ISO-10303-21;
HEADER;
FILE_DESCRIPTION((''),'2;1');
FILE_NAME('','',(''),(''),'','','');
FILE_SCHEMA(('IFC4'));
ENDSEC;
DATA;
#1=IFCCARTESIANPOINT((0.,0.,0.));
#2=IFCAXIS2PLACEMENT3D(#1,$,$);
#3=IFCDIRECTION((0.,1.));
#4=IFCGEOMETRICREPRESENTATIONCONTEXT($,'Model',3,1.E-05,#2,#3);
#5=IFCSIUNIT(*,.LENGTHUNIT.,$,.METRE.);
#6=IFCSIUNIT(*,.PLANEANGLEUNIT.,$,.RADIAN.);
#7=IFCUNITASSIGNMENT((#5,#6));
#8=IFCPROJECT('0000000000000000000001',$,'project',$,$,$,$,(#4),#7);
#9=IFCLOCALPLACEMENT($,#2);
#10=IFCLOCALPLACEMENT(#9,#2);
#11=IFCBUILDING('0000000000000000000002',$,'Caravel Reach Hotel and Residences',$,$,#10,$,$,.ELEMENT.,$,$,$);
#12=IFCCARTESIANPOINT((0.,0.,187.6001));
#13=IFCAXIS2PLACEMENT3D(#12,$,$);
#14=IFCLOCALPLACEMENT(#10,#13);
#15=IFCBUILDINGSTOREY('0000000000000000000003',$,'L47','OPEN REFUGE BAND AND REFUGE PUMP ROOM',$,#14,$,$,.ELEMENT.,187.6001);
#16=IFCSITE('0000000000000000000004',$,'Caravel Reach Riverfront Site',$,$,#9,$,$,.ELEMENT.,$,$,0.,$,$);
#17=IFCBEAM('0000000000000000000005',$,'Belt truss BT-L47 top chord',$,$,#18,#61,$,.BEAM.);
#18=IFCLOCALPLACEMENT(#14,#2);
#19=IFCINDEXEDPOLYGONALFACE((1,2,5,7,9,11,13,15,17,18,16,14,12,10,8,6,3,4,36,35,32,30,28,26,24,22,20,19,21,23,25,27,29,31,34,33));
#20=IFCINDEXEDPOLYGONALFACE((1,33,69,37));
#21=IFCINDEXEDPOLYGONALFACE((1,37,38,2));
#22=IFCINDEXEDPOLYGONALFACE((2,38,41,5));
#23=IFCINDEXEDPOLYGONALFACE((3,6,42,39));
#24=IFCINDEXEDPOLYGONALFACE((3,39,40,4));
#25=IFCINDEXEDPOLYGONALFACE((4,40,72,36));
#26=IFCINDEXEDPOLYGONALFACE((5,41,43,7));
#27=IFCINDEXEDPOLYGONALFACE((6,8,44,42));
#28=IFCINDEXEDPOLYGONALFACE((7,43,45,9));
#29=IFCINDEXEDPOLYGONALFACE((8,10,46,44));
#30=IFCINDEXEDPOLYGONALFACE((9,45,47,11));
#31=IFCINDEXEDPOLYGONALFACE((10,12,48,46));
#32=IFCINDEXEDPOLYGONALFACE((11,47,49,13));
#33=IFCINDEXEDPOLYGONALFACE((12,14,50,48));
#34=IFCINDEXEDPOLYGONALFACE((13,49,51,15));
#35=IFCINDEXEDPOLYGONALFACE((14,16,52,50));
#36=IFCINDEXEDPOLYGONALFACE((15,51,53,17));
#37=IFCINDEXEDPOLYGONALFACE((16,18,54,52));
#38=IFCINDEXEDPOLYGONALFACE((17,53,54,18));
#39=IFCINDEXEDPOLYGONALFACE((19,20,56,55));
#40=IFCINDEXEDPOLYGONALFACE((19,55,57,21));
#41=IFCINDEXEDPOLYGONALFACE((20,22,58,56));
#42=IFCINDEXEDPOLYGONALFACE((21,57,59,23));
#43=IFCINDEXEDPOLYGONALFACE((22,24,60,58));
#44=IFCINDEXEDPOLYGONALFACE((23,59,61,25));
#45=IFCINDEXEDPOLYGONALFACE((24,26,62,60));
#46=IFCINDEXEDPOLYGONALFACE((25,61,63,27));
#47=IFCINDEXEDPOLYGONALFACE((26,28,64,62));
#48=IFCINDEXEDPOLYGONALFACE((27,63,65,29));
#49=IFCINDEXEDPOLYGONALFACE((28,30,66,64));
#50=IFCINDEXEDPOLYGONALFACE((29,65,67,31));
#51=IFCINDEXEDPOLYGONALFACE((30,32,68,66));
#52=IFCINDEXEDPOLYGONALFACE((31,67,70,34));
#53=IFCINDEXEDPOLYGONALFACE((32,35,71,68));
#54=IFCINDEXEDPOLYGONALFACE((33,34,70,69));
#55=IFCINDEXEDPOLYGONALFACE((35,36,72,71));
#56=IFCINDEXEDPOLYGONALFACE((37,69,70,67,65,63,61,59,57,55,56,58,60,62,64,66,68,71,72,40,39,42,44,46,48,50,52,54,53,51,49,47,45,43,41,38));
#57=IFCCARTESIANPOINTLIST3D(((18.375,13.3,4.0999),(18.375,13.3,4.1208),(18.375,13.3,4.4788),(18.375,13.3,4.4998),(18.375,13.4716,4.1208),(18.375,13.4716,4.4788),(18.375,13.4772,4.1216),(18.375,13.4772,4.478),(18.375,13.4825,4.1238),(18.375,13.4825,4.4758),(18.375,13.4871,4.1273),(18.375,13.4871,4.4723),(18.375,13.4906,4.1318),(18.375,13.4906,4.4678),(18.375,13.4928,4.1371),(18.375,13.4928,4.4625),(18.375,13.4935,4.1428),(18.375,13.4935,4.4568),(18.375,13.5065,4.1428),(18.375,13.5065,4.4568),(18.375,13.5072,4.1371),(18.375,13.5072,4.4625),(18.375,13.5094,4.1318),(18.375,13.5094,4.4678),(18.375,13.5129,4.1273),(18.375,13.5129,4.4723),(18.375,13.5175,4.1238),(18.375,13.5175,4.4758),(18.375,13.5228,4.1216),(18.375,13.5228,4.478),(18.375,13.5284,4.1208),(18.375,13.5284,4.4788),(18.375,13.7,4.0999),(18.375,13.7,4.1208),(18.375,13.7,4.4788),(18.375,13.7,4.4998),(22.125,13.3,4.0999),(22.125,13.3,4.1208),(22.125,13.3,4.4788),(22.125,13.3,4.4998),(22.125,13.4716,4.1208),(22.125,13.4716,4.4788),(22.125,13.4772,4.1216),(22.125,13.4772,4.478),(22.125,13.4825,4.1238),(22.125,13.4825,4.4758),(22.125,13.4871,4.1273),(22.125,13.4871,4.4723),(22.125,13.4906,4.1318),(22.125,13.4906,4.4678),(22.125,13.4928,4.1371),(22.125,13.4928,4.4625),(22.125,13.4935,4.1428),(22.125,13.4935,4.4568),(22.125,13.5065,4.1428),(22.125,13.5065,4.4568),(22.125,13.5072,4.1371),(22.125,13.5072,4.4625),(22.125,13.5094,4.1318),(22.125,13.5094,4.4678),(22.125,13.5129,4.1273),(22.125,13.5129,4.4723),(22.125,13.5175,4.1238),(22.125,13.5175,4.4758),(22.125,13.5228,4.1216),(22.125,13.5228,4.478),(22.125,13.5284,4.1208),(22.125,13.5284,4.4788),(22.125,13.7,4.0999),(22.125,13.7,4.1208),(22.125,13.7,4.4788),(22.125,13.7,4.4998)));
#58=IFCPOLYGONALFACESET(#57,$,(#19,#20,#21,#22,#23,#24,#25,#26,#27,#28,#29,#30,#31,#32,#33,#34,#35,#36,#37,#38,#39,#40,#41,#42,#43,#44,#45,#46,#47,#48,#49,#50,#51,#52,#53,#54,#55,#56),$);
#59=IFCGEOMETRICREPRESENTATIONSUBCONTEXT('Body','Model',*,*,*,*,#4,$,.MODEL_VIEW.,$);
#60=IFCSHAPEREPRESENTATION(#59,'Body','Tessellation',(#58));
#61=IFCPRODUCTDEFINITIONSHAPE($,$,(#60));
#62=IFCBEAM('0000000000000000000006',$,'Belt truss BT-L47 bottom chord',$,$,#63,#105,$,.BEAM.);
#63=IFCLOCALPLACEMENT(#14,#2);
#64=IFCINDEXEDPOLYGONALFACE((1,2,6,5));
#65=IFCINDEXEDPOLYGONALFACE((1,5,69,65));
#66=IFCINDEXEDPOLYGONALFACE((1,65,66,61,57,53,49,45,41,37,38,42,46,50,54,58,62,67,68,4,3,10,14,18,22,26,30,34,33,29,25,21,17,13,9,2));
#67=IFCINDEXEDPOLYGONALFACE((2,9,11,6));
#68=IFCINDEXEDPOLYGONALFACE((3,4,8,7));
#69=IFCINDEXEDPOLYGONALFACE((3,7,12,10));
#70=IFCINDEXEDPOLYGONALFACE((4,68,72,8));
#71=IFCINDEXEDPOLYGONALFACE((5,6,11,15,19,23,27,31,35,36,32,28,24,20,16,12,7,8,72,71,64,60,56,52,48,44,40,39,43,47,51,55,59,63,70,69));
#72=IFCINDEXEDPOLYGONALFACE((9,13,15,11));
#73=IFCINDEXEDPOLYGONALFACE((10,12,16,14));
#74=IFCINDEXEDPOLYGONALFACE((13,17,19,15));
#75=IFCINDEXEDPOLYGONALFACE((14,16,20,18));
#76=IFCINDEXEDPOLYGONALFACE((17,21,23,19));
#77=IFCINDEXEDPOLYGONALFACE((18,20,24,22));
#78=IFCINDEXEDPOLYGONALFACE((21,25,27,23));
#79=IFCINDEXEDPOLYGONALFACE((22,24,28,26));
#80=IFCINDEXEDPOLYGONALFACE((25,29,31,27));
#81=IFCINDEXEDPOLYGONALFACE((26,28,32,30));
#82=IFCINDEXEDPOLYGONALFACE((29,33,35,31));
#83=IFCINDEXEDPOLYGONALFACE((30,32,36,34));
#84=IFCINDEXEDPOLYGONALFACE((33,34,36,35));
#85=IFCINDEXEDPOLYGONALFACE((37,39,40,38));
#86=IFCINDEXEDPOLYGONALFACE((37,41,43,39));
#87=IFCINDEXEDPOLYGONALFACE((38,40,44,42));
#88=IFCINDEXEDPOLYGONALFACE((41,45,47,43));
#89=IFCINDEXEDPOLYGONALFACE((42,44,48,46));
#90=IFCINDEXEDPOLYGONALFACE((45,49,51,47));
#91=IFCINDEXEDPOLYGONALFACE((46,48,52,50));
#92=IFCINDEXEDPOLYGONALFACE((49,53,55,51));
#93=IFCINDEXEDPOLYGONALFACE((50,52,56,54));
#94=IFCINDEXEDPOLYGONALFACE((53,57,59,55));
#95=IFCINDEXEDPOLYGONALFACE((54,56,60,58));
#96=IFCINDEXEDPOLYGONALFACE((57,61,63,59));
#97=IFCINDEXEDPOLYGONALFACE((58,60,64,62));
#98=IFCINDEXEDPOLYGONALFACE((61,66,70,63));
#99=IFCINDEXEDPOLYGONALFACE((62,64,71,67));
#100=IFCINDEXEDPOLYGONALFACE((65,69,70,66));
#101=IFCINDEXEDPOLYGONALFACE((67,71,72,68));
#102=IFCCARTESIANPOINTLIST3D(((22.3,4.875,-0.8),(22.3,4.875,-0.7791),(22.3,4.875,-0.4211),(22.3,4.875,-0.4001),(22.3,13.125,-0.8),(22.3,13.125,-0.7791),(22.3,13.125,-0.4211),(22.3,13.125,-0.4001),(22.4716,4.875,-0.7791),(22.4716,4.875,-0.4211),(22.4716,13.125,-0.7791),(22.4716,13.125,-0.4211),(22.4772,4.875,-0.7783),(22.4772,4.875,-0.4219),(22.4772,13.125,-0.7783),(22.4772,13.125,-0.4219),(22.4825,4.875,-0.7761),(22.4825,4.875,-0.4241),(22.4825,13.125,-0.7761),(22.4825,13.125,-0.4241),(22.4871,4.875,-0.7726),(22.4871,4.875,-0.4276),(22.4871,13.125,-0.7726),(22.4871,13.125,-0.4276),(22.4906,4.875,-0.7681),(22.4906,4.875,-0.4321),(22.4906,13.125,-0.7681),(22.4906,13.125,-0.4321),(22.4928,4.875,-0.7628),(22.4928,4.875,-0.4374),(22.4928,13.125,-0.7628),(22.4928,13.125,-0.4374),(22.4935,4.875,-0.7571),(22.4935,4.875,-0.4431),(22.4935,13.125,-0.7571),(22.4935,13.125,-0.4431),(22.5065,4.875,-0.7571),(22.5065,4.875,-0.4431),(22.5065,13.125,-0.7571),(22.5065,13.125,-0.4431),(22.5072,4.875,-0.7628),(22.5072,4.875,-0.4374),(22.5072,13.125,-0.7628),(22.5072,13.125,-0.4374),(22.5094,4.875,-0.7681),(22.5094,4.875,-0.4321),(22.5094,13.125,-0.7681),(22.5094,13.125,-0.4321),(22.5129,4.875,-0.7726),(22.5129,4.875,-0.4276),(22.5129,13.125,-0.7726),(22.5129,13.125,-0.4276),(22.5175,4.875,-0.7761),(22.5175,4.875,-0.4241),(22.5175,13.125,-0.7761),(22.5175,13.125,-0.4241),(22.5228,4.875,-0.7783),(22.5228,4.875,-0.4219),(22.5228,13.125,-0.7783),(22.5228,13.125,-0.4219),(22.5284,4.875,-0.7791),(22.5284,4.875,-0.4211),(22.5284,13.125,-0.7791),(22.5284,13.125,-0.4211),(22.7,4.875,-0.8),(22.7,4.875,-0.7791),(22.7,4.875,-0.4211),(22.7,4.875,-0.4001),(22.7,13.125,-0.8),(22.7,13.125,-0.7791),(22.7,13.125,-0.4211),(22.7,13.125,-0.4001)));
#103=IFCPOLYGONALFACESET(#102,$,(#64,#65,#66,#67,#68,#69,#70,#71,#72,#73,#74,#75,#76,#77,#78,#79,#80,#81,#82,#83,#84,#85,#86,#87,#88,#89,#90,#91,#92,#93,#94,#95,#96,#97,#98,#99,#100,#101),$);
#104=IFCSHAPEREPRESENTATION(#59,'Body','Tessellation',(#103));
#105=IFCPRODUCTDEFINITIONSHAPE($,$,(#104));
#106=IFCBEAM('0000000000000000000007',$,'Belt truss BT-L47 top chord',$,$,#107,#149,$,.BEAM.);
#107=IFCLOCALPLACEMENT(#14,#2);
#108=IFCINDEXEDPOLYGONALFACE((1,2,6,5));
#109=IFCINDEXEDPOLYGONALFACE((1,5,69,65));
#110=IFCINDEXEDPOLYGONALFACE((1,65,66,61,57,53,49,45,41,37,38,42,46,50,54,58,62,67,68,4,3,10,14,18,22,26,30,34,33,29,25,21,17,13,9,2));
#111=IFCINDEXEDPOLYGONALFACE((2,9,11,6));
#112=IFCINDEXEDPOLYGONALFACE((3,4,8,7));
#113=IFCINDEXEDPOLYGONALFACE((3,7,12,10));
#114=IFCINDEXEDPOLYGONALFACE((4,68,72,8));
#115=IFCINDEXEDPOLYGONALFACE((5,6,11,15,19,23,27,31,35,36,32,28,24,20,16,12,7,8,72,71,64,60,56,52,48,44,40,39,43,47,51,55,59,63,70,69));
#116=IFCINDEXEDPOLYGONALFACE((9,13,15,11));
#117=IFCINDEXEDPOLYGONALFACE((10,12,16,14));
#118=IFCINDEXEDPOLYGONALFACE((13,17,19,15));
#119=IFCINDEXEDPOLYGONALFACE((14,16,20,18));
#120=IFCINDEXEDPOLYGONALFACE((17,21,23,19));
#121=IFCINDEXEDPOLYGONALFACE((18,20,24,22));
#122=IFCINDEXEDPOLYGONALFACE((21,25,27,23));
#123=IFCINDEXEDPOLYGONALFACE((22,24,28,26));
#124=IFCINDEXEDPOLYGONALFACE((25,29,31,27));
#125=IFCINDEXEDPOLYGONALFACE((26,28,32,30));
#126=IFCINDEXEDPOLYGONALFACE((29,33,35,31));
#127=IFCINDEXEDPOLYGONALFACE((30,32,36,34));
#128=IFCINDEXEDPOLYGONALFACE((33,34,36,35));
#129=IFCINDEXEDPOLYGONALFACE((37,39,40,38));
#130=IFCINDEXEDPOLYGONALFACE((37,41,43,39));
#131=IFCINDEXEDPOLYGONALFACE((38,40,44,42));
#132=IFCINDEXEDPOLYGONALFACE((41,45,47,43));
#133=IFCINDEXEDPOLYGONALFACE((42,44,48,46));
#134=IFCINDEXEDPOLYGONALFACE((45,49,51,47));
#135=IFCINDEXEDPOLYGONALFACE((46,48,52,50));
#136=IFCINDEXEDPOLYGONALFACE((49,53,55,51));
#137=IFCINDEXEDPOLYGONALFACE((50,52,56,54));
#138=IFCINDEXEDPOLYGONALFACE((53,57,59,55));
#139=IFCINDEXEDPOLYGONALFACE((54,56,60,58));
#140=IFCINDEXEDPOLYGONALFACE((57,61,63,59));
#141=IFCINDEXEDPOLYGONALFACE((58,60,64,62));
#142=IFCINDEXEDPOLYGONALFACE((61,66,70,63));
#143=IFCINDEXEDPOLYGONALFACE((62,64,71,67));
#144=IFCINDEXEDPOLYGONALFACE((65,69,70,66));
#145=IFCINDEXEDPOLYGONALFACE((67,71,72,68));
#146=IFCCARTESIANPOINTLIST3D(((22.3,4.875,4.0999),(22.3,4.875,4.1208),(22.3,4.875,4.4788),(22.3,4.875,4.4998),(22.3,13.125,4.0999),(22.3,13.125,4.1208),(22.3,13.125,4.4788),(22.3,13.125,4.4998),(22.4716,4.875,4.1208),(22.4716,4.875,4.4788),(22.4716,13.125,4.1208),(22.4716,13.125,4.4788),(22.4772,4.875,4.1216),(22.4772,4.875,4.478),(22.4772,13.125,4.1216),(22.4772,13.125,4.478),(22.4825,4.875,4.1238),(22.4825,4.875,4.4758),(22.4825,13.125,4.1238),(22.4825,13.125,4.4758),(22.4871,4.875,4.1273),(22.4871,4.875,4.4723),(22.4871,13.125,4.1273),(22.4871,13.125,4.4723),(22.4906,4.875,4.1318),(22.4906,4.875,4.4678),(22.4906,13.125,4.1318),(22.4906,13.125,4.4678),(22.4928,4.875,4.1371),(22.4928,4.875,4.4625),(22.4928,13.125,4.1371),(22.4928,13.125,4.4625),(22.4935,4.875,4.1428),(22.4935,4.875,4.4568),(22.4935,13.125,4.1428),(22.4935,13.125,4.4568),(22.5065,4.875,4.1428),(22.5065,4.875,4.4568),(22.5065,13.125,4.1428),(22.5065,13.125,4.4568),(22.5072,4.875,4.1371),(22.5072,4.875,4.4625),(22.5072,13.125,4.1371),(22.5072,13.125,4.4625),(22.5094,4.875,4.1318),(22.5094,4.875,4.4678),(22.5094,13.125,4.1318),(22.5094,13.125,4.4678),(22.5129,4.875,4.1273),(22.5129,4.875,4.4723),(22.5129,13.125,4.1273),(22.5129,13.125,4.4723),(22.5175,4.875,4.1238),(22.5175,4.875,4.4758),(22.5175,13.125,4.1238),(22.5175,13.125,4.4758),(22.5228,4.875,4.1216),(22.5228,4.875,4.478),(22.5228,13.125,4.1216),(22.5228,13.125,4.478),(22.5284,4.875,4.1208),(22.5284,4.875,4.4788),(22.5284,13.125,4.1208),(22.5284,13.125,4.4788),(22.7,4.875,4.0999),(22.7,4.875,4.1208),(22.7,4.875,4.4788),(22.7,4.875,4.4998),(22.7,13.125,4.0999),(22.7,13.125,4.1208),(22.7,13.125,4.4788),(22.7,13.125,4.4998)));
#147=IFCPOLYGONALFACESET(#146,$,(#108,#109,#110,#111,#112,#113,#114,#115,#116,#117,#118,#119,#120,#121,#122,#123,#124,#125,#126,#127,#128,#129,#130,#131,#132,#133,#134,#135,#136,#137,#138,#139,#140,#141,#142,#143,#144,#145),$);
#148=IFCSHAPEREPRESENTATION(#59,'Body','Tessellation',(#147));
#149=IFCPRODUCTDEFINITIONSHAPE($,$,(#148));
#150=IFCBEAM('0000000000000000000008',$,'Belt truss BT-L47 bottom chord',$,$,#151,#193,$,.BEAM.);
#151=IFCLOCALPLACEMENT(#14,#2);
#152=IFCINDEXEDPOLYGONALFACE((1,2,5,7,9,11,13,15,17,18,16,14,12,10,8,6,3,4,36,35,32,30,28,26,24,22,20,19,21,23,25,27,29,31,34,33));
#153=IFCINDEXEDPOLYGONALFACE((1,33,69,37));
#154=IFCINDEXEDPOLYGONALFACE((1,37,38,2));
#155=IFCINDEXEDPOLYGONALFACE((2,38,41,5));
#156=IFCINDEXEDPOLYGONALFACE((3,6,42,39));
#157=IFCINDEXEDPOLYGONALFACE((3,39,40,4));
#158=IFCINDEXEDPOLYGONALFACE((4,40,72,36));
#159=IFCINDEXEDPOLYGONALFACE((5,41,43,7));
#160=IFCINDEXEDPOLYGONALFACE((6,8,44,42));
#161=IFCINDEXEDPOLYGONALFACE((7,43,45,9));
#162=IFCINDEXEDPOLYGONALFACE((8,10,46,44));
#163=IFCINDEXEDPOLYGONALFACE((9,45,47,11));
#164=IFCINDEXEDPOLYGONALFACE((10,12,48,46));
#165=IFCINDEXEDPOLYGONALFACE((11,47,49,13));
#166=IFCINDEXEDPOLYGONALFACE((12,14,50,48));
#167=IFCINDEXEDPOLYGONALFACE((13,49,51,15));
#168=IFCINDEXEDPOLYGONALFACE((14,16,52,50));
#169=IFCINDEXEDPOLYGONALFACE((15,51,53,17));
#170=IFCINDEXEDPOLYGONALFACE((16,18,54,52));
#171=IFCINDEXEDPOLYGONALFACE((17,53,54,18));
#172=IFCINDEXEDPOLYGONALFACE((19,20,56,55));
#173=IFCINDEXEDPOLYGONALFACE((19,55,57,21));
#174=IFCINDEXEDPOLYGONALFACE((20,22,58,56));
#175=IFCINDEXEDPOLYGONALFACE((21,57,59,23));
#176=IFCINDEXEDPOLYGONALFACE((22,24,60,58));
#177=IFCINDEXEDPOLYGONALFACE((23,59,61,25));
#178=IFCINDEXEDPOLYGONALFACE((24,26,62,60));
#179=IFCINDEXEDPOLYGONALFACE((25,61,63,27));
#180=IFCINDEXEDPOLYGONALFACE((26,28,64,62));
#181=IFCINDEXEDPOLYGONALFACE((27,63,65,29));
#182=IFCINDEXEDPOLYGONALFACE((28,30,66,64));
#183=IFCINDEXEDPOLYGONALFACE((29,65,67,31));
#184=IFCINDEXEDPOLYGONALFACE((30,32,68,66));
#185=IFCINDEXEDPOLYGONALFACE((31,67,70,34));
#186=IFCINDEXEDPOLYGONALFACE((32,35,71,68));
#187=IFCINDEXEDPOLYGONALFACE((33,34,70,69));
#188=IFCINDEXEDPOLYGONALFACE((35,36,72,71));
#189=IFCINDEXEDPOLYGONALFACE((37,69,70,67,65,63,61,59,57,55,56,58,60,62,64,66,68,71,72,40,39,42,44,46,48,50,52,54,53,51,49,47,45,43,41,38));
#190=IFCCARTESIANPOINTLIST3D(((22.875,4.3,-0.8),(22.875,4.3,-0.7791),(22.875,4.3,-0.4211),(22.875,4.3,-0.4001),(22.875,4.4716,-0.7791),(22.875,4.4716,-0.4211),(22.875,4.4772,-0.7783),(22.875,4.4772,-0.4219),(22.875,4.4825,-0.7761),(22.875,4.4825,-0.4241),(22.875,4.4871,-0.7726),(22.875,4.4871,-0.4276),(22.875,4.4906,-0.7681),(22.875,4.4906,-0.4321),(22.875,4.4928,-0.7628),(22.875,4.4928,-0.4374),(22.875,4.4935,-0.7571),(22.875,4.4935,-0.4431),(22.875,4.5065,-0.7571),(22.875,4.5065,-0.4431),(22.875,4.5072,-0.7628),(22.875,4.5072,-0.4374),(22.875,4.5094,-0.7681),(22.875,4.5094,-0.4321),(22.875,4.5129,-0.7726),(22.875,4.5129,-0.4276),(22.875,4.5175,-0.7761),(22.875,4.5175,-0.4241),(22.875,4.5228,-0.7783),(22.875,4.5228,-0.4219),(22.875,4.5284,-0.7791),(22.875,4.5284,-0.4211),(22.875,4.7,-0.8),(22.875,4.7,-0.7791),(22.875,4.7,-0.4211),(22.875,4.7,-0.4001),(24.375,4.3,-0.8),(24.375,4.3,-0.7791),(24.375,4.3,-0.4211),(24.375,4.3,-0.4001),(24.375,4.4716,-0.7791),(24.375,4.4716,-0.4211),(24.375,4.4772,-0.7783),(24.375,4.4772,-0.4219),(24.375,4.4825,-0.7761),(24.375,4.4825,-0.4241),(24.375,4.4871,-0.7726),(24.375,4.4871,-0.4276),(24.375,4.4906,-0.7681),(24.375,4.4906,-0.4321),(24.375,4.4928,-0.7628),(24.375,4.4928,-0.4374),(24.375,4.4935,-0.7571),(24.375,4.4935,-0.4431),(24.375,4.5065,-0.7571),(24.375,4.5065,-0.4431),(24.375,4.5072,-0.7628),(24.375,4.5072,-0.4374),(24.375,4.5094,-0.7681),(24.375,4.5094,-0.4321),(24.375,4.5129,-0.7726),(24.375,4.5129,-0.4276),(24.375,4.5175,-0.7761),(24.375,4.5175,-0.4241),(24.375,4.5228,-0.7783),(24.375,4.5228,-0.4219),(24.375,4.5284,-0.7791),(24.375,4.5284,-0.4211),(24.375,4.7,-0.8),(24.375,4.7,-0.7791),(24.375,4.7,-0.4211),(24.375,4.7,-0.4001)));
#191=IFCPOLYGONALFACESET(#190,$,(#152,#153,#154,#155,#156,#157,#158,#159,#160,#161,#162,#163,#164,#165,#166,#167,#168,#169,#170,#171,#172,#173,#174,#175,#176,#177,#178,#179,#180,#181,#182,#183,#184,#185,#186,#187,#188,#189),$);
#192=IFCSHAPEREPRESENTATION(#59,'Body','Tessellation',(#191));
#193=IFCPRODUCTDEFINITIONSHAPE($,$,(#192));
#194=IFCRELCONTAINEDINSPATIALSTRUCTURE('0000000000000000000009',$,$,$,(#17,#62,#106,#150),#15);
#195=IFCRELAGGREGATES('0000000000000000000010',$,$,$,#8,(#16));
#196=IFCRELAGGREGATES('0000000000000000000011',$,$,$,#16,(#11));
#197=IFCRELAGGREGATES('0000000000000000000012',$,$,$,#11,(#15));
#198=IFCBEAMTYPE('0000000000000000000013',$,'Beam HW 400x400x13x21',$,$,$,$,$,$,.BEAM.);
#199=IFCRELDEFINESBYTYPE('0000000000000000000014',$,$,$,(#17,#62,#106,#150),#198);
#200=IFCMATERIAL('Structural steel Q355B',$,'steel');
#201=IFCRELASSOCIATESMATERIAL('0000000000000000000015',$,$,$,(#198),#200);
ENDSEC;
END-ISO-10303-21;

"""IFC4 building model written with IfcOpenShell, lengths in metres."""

from ifc_helpers import new_model, si_unit, direction, frame, origin, origin_2d, place, context, subcontext, project, spatial, i_section, extrude, material, material_profile, profile_set, type_object, element, save


model = new_model("IFC4")

# Units and contexts
model_context = context("Model", 3, precision=1e-05, world=origin(), true_north=direction((0.0, 1.0)))
body_context = subcontext(model_context, "Body", "Model", "MODEL_VIEW")
ifc_project = project(units=[si_unit("LENGTHUNIT", "METRE"), si_unit("PLANEANGLEUNIT", "RADIAN")], contexts=[model_context])

# Site, building, storey
site_placement = place(None, origin())
site = spatial("IfcSite", under=ifc_project, at=site_placement, Name="Caravel Reach Riverfront Site", CompositionType="ELEMENT", RefElevation=0.0)
building_placement = place(site_placement, origin())
building = spatial("IfcBuilding", under=site, at=building_placement, Name="Caravel Reach Hotel and Residences", CompositionType="ELEMENT")
storey_placement = place(building_placement, frame((0.0, 0.0, 187.6001)))
storey = spatial("IfcBuildingStorey", under=building, at=storey_placement, Name="L47", Description="OPEN REFUGE BAND AND REFUGE PUMP ROOM", CompositionType="ELEMENT", Elevation=187.6001)

# Beams
ifc_material_1 = material(Name="Structural steel Q355B", Category="steel")
ifc_material_profile_1 = material_profile(ifc_material_1, i_section(OverallWidth=0.3999, OverallDepth=0.3999, WebThickness=0.0129, FlangeThickness=0.021, FilletRadius=0.022, at=origin_2d()), Name="HW 400x400x13x21")
ifc_profile_set_1 = profile_set([ifc_material_profile_1], Name="Structural steel Q355B")
beam_type_1 = type_object("IfcBeamType", Name="Beam HW 400x400x13x21", PredefinedType="BEAM", material=ifc_profile_set_1)
for number, where, z_axis, x_axis, name in (
    (1, (18.375, 13.5, 4.2998), (1.0, 0.0, 0.0), (0.0, 1.0, 0.0), "Belt truss BT-L47 top chord"),
):
    element("IfcBeam", number, at=place(storey_placement, frame(where, z_axis=z_axis, x_axis=x_axis)), inside=storey, type_object=beam_type_1, Name=name, PredefinedType="BEAM", context=body_context, shape_type="SweptSolid", body=[
        extrude(i_section(OverallWidth=0.3999, OverallDepth=0.3999, WebThickness=0.0129, FlangeThickness=0.021, FilletRadius=0.022, at=origin_2d()), origin(), (0.0, 0.0, 1.0), 3.75),
    ])
for number, where, z_axis, x_axis, name in (
    (2, (22.5, 13.125, -0.6001), (0.0, -1.0, 0.0), (1.0, 0.0, 0.0), "Belt truss BT-L47 bottom chord"),
    (3, (22.5, 13.125, 4.2998), (0.0, -1.0, 0.0), (1.0, 0.0, 0.0), "Belt truss BT-L47 top chord"),
):
    element("IfcBeam", number, at=place(storey_placement, frame(where, z_axis=z_axis, x_axis=x_axis)), inside=storey, type_object=beam_type_1, Name=name, PredefinedType="BEAM", context=body_context, shape_type="SweptSolid", body=[
        extrude(i_section(OverallWidth=0.3999, OverallDepth=0.3999, WebThickness=0.0129, FlangeThickness=0.021, FilletRadius=0.022, at=origin_2d()), origin(), (0.0, 0.0, 1.0), 8.25),
    ])
for number, where, z_axis, x_axis, name in (
    (4, (22.875, 4.5, -0.6001), (1.0, 0.0, 0.0), (0.0, 1.0, 0.0), "Belt truss BT-L47 bottom chord"),
):
    element("IfcBeam", number, at=place(storey_placement, frame(where, z_axis=z_axis, x_axis=x_axis)), inside=storey, type_object=beam_type_1, Name=name, PredefinedType="BEAM", context=body_context, shape_type="SweptSolid", body=[
        extrude(i_section(OverallWidth=0.3999, OverallDepth=0.3999, WebThickness=0.0129, FlangeThickness=0.021, FilletRadius=0.022, at=origin_2d()), origin(), (0.0, 0.0, 1.0), 1.5),
    ])

save(model, "model.ifc")
